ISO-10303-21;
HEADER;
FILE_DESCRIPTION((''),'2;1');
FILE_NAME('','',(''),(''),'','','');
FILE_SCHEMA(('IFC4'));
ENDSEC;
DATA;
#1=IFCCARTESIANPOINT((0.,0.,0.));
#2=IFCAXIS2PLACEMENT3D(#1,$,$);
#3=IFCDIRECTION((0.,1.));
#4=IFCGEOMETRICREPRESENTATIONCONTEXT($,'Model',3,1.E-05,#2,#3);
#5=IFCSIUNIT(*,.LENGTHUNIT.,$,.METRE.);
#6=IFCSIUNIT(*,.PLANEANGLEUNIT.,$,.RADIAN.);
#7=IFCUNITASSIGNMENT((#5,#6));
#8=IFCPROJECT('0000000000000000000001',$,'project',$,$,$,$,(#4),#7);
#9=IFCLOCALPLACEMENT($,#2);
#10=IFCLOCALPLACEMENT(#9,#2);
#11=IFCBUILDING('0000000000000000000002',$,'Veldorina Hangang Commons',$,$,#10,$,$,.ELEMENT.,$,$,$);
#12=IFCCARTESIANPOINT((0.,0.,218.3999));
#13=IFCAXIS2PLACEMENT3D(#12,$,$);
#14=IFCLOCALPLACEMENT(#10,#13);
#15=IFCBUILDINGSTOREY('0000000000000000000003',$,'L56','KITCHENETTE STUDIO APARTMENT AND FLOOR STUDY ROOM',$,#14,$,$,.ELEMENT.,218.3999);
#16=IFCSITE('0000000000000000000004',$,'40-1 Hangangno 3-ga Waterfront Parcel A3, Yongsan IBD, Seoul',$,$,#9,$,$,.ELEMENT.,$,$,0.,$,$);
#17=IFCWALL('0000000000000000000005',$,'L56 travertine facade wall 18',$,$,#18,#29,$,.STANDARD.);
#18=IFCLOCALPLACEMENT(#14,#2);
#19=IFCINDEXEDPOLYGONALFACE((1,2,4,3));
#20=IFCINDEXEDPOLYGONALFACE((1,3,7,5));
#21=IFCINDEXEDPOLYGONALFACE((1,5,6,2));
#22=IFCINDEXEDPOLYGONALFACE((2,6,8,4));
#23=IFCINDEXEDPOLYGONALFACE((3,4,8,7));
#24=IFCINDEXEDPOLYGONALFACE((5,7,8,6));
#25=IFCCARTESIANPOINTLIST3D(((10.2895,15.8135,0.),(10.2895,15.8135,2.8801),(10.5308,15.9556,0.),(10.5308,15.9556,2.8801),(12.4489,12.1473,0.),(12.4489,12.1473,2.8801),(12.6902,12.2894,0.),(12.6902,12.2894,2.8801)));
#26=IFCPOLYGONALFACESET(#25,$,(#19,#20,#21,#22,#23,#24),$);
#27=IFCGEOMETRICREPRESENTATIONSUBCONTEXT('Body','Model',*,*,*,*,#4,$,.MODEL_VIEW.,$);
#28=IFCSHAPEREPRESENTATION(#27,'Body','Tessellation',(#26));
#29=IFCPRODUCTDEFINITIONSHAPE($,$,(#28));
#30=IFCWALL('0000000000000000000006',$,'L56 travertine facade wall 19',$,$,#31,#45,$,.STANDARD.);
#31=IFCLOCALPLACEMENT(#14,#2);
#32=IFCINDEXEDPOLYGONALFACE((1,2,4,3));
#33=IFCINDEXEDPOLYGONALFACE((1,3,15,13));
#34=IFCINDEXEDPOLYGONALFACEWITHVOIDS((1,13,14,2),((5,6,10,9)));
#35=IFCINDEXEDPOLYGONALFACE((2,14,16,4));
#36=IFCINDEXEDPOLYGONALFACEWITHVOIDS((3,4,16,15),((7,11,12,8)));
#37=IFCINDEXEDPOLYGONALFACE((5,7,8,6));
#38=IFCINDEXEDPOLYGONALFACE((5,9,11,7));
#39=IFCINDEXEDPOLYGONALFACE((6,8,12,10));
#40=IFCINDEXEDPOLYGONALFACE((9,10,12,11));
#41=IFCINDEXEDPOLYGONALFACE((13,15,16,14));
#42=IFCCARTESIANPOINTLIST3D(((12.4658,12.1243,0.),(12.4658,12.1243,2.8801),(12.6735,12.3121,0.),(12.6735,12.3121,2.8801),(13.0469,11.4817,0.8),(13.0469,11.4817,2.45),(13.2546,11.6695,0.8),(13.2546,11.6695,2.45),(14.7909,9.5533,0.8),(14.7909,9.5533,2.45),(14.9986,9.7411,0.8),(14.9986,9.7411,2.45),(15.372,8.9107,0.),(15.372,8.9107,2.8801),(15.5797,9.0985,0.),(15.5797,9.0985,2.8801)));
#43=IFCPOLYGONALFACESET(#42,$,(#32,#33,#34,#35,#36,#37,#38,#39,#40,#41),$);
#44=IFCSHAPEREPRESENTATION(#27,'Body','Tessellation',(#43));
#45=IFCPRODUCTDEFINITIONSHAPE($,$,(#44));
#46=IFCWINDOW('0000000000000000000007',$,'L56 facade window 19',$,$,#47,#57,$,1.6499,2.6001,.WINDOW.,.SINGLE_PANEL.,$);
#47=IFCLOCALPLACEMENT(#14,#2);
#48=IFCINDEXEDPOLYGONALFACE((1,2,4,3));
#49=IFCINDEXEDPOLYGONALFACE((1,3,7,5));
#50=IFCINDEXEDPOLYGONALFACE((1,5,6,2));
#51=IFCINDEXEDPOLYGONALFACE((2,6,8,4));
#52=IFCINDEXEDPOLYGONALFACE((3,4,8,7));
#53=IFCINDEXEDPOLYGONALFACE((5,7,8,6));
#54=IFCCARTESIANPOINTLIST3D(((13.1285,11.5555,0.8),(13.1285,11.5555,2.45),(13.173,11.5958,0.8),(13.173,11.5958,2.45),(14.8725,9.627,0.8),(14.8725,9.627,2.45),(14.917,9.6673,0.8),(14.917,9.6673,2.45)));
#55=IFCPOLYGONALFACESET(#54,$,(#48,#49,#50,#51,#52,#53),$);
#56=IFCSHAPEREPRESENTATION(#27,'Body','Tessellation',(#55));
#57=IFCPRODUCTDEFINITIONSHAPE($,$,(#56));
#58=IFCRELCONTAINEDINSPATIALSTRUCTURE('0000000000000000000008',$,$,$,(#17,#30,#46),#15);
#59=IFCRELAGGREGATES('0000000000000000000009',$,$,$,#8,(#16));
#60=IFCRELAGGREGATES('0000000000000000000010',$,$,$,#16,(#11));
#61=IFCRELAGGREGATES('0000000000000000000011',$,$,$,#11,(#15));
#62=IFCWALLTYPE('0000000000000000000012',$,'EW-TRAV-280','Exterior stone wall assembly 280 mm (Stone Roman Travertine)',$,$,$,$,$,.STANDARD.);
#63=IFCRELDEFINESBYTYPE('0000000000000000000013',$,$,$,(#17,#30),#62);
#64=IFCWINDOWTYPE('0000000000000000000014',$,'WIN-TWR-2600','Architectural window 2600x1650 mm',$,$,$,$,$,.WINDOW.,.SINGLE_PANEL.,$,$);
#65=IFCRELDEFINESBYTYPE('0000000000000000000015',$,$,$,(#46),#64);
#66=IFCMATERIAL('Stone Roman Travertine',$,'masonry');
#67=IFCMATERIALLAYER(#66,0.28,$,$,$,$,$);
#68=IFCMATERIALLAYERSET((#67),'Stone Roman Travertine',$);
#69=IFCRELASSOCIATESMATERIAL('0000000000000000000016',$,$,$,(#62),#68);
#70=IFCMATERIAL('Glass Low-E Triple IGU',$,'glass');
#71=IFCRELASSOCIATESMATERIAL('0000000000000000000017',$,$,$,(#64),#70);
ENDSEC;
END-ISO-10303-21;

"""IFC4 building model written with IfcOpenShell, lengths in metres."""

from ifc_helpers import new_model, si_unit, direction, frame, frame_2d, origin, place, context, subcontext, project, spatial, rectangle, extrude, material, layer, layer_set, type_object, element, fill, save


model = new_model("IFC4")

# Units and contexts
model_context = context("Model", 3, precision=1e-05, world=origin(), true_north=direction((0.0, 1.0)))
body_context = subcontext(model_context, "Body", "Model", "MODEL_VIEW")
ifc_project = project(units=[si_unit("LENGTHUNIT", "METRE"), si_unit("PLANEANGLEUNIT", "RADIAN")], contexts=[model_context])

# Site, building, storey
site_placement = place(None, origin())
site = spatial("IfcSite", under=ifc_project, at=site_placement, Name="40-1 Hangangno 3-ga Waterfront Parcel A3, Yongsan IBD, Seoul", CompositionType="ELEMENT", RefElevation=0.0)
building_placement = place(site_placement, origin())
building = spatial("IfcBuilding", under=site, at=building_placement, Name="Veldorina Hangang Commons", CompositionType="ELEMENT")
storey_placement = place(building_placement, frame((0.0, 0.0, 218.3999)))
storey = spatial("IfcBuildingStorey", under=building, at=storey_placement, Name="L56", Description="KITCHENETTE STUDIO APARTMENT AND FLOOR STUDY ROOM", CompositionType="ELEMENT", Elevation=218.3999)

# Wall
ifc_material_1 = material(Name="Stone Roman Travertine", Category="masonry")
ifc_layer_1 = layer(ifc_material_1, 0.28)
ifc_layer_set_1 = layer_set([ifc_layer_1], Name="Stone Roman Travertine")
wall_type = type_object("IfcWallType", Name="EW-TRAV-280", Description="Exterior stone wall assembly 280 mm (Stone Roman Travertine)", PredefinedType="STANDARD", material=ifc_layer_set_1)
wall_1_placement = place(storey_placement, frame((10.4102, 15.8845, 0.0), z_axis=(0.0, 0.0, 1.0), x_axis=(0.507509, -0.861646, 0.0)))
element("IfcWall", 1, at=wall_1_placement, inside=storey, type_object=wall_type, Name="L56 travertine facade wall 18", PredefinedType="STANDARD", context=body_context, shape_type="SweptSolid", body=[
    extrude(rectangle(XDim=4.2549, YDim=0.28, at=frame_2d((2.1274, 0.0))), origin(), (0.0, 0.0, 1.0), 2.8801),
])

# Wall, opening, window
wall_2_placement = place(storey_placement, frame((12.5696, 12.2183, 0.0), z_axis=(0.0, 0.0, 1.0), x_axis=(0.670747, -0.741687, 0.0)))
wall_2 = element("IfcWall", 2, at=wall_2_placement, inside=storey, type_object=wall_type, Name="L56 travertine facade wall 19", PredefinedType="STANDARD", context=body_context, shape_type="SweptSolid", body=[
    extrude(rectangle(XDim=4.3328, YDim=0.28, at=frame_2d((2.1665, 0.0))), origin(), (0.0, 0.0, 1.0), 2.8801),
])
opening_placement = place(wall_2_placement, frame((0.8665, 0.0, 0.8)))
opening = element("IfcOpeningElement", 3, at=opening_placement, cuts=wall_2, PredefinedType="OPENING", context=body_context, shape_type="SweptSolid", body=[
    extrude(rectangle(XDim=2.6001, YDim=1.6499, at=frame_2d((1.3, 0.825))), frame((0.0, 0.1499, 0.0), z_axis=(0.0, -1.0, 0.0), x_axis=(1.0, 0.0, 0.0)), (0.0, 0.0, 1.0), 0.3),
])
ifc_material_2 = material(Name="Glass Low-E Triple IGU", Category="glass")
window_type = type_object("IfcWindowType", Name="WIN-TWR-2600", Description="Architectural window 2600x1650 mm", PartitioningType="SINGLE_PANEL", PredefinedType="WINDOW", material=ifc_material_2)
window_placement = place(opening_placement, origin())
window = element("IfcWindow", 4, at=window_placement, inside=storey, type_object=window_type, Name="L56 facade window 19", OverallHeight=1.6499, OverallWidth=2.6001, PartitioningType="SINGLE_PANEL", PredefinedType="WINDOW", context=body_context, shape_type="SweptSolid", body=[
    extrude(rectangle(XDim=2.6001, YDim=1.6499, at=frame_2d((1.3, 0.825))), frame((0.0, 0.03, 0.0), z_axis=(0.0, -1.0, 0.0), x_axis=(1.0, 0.0, 0.0)), (0.0, 0.0, 1.0), 0.0601),
])
fill(opening, window)

save(model, "model.ifc")
